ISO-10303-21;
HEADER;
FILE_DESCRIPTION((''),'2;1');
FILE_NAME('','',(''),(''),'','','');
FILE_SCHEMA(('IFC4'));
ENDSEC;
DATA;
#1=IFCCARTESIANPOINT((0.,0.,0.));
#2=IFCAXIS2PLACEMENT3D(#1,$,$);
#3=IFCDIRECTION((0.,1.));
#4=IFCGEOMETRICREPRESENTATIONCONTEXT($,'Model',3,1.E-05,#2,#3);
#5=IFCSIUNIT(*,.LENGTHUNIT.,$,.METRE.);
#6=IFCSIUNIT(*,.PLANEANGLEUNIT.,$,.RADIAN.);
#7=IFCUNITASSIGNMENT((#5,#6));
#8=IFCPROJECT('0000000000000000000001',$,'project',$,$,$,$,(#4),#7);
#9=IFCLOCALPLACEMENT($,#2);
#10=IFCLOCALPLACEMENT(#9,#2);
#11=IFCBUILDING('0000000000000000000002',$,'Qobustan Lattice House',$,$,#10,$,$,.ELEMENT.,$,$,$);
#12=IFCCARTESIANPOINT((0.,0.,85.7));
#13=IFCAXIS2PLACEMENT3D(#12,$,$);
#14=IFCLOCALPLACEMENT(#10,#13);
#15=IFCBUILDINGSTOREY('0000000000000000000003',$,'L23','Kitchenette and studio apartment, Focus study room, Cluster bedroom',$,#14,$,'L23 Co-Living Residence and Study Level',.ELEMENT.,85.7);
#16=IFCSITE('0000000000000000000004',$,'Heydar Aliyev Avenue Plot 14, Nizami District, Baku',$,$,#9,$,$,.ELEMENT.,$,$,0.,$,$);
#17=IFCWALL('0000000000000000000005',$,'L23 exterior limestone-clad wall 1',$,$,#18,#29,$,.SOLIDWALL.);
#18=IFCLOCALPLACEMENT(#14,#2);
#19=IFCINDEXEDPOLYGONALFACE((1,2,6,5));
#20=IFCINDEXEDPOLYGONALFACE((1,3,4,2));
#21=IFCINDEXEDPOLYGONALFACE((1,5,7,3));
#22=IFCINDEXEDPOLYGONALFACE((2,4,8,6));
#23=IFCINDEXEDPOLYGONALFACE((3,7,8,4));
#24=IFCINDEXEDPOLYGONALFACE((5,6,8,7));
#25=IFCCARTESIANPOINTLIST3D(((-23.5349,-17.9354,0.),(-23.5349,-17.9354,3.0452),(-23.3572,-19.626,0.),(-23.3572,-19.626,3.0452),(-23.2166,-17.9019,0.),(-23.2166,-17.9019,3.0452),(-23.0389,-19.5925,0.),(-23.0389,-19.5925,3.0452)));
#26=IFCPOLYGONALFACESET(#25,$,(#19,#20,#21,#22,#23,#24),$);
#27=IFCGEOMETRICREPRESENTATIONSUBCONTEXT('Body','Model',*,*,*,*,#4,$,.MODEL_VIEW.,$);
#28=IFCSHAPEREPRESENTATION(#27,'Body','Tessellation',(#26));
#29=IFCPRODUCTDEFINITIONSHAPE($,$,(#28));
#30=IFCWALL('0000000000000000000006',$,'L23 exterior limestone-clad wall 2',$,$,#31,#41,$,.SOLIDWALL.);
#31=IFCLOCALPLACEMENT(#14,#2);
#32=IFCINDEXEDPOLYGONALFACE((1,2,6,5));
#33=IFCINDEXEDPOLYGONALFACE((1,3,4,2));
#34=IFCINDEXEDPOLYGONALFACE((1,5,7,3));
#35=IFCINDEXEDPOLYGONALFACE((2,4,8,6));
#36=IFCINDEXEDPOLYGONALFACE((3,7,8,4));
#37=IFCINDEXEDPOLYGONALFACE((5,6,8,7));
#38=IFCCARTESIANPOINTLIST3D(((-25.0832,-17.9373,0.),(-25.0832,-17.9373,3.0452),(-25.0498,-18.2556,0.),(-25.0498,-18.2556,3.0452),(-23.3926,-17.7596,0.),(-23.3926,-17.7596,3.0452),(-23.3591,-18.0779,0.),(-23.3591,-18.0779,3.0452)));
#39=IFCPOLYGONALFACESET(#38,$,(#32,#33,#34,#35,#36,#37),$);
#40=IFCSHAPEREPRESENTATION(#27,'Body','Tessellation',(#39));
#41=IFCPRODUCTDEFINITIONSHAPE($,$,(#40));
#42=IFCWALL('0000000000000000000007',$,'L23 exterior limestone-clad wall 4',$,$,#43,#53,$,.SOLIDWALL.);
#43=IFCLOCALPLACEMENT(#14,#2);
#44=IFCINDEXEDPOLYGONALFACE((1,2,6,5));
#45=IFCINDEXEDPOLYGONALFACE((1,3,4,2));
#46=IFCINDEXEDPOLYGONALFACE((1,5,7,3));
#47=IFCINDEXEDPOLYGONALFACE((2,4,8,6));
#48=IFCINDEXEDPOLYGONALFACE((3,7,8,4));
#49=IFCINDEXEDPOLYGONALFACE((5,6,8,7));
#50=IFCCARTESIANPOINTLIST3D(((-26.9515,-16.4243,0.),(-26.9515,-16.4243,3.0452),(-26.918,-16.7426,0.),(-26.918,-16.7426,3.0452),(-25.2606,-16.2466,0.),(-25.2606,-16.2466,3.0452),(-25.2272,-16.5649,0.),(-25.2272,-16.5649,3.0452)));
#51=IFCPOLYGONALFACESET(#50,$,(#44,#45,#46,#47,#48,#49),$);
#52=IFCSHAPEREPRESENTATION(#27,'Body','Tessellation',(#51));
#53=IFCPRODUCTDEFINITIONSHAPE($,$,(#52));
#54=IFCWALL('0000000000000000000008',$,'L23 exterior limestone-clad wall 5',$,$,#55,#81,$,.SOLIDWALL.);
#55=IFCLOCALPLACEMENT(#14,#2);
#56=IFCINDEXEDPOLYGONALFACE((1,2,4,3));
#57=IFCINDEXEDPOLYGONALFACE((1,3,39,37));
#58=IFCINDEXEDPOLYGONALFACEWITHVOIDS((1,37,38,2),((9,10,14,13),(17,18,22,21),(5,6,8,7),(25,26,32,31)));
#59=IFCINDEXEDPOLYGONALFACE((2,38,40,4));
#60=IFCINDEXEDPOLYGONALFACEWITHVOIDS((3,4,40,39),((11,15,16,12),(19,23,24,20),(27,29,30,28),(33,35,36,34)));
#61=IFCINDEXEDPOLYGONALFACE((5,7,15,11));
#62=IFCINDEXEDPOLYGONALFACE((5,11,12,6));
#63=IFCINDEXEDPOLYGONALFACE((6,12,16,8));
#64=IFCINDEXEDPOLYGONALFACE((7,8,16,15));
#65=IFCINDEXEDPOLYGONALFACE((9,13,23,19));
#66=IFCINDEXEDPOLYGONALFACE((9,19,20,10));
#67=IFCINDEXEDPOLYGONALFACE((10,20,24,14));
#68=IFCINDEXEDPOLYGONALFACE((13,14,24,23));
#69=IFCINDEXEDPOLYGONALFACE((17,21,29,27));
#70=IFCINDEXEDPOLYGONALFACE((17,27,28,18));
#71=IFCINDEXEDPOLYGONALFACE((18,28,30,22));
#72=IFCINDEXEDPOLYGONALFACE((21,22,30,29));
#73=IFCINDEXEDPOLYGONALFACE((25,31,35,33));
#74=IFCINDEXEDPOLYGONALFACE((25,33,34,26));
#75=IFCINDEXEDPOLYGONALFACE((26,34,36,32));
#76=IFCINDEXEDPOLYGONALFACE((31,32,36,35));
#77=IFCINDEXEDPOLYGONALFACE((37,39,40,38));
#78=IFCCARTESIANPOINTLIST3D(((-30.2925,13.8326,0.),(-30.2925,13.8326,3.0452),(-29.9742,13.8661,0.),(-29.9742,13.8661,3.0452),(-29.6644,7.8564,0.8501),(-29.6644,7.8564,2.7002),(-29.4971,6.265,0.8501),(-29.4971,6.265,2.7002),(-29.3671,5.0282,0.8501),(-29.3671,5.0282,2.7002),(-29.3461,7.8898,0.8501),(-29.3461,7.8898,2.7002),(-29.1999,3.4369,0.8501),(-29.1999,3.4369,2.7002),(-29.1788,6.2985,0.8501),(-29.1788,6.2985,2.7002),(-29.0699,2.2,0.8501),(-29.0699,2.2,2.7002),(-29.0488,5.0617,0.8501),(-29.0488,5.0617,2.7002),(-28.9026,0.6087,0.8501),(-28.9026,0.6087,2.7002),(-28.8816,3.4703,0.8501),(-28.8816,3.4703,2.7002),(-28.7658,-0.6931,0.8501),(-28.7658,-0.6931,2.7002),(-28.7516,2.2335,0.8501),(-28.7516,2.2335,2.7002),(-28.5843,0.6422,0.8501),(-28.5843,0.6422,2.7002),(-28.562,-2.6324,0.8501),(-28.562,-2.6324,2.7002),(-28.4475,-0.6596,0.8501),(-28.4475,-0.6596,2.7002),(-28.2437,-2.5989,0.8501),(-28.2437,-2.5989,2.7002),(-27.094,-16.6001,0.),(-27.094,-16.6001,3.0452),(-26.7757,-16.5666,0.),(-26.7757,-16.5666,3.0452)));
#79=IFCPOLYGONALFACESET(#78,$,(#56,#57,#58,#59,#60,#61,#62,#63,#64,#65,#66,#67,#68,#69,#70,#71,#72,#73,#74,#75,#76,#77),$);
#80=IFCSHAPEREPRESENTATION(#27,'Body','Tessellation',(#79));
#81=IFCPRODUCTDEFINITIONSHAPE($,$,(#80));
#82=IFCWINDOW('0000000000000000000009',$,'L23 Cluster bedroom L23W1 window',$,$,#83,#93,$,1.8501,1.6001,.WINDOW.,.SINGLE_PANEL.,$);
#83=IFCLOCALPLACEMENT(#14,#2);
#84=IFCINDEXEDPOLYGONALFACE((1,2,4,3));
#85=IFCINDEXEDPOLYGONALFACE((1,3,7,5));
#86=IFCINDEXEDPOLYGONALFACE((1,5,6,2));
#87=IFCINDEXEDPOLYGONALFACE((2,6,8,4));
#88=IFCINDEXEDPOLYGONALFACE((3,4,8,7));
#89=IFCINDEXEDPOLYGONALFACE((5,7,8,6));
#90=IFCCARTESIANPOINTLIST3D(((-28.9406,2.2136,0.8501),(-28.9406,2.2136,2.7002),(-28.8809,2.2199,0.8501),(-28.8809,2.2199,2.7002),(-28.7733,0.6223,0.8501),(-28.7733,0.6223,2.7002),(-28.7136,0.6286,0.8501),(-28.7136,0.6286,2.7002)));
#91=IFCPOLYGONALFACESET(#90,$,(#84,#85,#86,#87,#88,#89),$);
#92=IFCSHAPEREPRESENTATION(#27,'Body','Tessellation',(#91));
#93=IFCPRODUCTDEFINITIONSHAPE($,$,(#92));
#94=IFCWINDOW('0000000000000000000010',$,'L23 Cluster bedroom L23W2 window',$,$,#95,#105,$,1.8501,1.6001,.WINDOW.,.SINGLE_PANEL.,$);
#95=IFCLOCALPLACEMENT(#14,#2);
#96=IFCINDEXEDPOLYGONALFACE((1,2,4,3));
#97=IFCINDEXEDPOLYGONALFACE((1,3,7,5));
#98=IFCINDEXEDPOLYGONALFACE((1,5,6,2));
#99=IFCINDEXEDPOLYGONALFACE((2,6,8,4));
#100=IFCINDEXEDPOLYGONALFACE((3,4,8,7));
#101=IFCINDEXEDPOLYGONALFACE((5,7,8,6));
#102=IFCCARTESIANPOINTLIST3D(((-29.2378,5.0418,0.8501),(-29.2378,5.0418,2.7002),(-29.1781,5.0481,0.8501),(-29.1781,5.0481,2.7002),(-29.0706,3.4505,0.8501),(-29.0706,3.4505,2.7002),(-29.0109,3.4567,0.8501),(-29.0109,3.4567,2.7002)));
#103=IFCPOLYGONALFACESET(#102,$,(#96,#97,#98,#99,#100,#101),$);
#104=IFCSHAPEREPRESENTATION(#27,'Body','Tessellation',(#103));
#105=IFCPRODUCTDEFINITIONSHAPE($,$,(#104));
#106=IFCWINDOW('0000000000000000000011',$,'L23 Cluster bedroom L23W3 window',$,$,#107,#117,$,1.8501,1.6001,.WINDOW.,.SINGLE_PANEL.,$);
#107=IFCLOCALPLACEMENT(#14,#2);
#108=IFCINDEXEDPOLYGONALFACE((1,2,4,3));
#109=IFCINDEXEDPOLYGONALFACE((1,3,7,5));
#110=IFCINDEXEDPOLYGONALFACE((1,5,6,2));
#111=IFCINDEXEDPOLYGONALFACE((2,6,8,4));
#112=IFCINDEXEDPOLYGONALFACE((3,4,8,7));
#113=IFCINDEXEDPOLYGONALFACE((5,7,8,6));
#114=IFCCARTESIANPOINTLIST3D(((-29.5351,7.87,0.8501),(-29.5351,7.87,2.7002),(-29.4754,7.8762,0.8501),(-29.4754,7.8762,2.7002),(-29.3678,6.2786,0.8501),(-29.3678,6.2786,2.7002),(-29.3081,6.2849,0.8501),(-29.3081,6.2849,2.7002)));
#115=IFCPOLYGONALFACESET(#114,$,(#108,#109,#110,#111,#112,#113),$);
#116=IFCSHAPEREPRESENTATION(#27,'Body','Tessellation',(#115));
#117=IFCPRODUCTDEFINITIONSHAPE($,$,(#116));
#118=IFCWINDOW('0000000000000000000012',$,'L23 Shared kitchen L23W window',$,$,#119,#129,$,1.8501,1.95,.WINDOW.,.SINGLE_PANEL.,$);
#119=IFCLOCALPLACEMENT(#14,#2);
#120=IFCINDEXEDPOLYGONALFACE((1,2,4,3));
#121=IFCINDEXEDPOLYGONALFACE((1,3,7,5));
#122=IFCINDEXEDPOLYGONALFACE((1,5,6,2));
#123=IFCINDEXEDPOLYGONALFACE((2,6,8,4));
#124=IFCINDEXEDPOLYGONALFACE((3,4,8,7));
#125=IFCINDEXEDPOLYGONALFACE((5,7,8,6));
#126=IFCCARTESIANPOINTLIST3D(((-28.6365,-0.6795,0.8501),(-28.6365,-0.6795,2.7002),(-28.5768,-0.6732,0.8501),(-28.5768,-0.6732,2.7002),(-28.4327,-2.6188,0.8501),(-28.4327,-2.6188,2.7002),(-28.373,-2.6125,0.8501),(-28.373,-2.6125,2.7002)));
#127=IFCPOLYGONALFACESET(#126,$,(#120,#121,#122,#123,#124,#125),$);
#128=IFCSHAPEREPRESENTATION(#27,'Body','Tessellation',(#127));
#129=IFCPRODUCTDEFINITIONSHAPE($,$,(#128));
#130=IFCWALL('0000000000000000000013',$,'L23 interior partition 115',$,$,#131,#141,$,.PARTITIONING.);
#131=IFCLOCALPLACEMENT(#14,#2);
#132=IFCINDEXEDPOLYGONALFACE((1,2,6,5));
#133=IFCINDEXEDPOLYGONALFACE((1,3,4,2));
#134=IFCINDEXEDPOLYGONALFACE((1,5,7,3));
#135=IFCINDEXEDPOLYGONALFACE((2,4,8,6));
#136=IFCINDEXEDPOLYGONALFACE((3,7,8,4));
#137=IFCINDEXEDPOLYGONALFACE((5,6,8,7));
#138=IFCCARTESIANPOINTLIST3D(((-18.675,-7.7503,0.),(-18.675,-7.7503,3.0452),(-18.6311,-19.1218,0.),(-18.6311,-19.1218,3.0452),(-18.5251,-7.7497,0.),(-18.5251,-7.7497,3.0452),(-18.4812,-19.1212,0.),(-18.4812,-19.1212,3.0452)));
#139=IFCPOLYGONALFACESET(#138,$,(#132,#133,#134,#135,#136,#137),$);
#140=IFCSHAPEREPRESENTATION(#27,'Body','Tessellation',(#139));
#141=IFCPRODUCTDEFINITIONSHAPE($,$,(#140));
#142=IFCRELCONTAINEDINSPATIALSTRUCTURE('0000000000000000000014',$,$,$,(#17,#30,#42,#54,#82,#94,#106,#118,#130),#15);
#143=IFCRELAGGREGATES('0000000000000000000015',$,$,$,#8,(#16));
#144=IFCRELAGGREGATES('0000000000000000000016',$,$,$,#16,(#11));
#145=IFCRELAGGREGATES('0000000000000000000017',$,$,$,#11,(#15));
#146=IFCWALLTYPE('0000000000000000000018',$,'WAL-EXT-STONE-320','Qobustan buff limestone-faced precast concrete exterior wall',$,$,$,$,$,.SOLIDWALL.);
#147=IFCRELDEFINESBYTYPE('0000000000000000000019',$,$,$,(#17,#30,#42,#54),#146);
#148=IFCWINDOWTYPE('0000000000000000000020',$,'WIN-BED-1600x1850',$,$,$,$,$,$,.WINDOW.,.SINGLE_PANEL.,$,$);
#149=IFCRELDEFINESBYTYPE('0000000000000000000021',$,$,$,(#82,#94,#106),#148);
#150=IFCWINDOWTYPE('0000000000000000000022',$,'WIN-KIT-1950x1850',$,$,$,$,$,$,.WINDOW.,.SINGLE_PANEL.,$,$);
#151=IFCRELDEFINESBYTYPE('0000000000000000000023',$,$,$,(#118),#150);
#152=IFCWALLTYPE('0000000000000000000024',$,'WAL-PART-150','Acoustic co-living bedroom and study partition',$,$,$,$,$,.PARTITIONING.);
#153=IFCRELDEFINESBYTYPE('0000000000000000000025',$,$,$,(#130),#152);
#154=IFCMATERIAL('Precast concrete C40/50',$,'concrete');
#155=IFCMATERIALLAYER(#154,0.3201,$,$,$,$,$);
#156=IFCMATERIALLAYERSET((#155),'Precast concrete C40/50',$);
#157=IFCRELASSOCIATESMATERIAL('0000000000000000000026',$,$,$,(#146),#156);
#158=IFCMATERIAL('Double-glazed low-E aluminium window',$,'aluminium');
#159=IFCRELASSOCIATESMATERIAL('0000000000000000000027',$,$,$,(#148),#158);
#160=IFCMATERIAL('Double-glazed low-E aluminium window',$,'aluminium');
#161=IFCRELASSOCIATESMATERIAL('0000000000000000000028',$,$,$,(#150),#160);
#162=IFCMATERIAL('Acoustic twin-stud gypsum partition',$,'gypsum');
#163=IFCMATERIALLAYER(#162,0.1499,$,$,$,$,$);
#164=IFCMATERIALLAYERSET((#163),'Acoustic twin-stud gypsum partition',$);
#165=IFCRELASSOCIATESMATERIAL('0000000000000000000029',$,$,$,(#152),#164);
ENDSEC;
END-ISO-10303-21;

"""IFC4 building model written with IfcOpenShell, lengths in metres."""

from ifc_helpers import new_model, si_unit, direction, frame, frame_2d, origin, place, context, subcontext, project, spatial, rectangle, extrude, material, layer, layer_set, type_object, element, fill, save


model = new_model("IFC4")

# Units and contexts
model_context = context("Model", 3, precision=1e-05, world=origin(), true_north=direction((0.0, 1.0)))
body_context = subcontext(model_context, "Body", "Model", "MODEL_VIEW")
ifc_project = project(units=[si_unit("LENGTHUNIT", "METRE"), si_unit("PLANEANGLEUNIT", "RADIAN")], contexts=[model_context])

# Site, building, storey
site_placement = place(None, origin())
site = spatial("IfcSite", under=ifc_project, at=site_placement, Name="Heydar Aliyev Avenue Plot 14, Nizami District, Baku", CompositionType="ELEMENT", RefElevation=0.0)
building_placement = place(site_placement, origin())
building = spatial("IfcBuilding", under=site, at=building_placement, Name="Qobustan Lattice House", CompositionType="ELEMENT")
storey_placement = place(building_placement, frame((0.0, 0.0, 85.7)))
storey = spatial("IfcBuildingStorey", under=building, at=storey_placement, Name="L23", Description="Kitchenette and studio apartment, Focus study room, Cluster bedroom", LongName="L23 Co-Living Residence and Study Level", CompositionType="ELEMENT", Elevation=85.7)

# Walls
ifc_material_1 = material(Name="Precast concrete C40/50", Category="concrete")
ifc_layer_1 = layer(ifc_material_1, 0.3201)
ifc_layer_set_1 = layer_set([ifc_layer_1], Name="Precast concrete C40/50")
wall_type_1 = type_object("IfcWallType", Name="WAL-EXT-STONE-320", Description="Qobustan buff limestone-faced precast concrete exterior wall", PredefinedType="SOLIDWALL", material=ifc_layer_set_1)
for number, where, z_axis, x_axis, name in (
    (1, (-23.198, -19.6094, 0.0), (0.0, 0.0, 1.0), (-0.10455, 0.99452, 0.0), "L23 exterior limestone-clad wall 1"),
    (2, (-23.3757, -17.9187, 0.0), (0.0, 0.0, 1.0), (-0.99452, -0.10455, 0.0), "L23 exterior limestone-clad wall 2"),
):
    element("IfcWall", number, at=place(storey_placement, frame(where, z_axis=z_axis, x_axis=x_axis)), inside=storey, type_object=wall_type_1, Name=name, PredefinedType="SOLIDWALL", context=body_context, shape_type="SweptSolid", body=[
        extrude(rectangle(XDim=1.7, YDim=0.3201, at=frame_2d((0.8501, 0.0))), origin(), (0.0, 0.0, 1.0), 3.0452),
    ])
wall_1_placement = place(storey_placement, frame((-25.2439, -16.4058, 0.0), z_axis=(0.0, 0.0, 1.0), x_axis=(-0.994521, -0.104535, 0.0)))
element("IfcWall", 3, at=wall_1_placement, inside=storey, type_object=wall_type_1, Name="L23 exterior limestone-clad wall 4", PredefinedType="SOLIDWALL", context=body_context, shape_type="SweptSolid", body=[
    extrude(rectangle(XDim=1.7002, YDim=0.3201, at=frame_2d((0.8501, 0.0))), origin(), (0.0, 0.0, 1.0), 3.0452),
])

# Wall, openings, windows
wall_2_placement = place(storey_placement, frame((-26.9348, -16.5835, 0.0), z_axis=(0.0, 0.0, 1.0), x_axis=(-0.104525, 0.994522, 0.0)))
wall_2 = element("IfcWall", 4, at=wall_2_placement, inside=storey, type_object=wall_type_1, Name="L23 exterior limestone-clad wall 5", PredefinedType="SOLIDWALL", context=body_context, shape_type="SweptSolid", body=[
    extrude(rectangle(XDim=30.6003, YDim=0.3201, at=frame_2d((15.3003, 0.0))), origin(), (0.0, 0.0, 1.0), 3.0452),
])
opening_1_placement = place(wall_2_placement, frame((14.0447, 0.0, 0.8501)))
opening_1 = element("IfcOpeningElement", 5, at=opening_1_placement, cuts=wall_2, PredefinedType="OPENING", context=body_context, shape_type="SweptSolid", body=[
    extrude(rectangle(XDim=1.95, YDim=1.8501, at=frame_2d((0.9751, 0.925))), frame((0.0, 0.1699, 0.0), z_axis=(0.0, -1.0, 0.0), x_axis=(1.0, 0.0, 0.0)), (0.0, 0.0, 1.0), 0.3401),
])
opening_2_placement = place(wall_2_placement, frame((17.3037, 0.0, 0.8501)))
opening_2 = element("IfcOpeningElement", 6, at=opening_2_placement, cuts=wall_2, PredefinedType="OPENING", context=body_context, shape_type="SweptSolid", body=[
    extrude(rectangle(XDim=1.6001, YDim=1.8501, at=frame_2d((0.8, 0.925))), frame((0.0, 0.1699, 0.0), z_axis=(0.0, -1.0, 0.0), x_axis=(1.0, 0.0, 0.0)), (0.0, 0.0, 1.0), 0.3401),
])
opening_3_placement = place(wall_2_placement, frame((20.1475, 0.0, 0.8501)))
opening_3 = element("IfcOpeningElement", 7, at=opening_3_placement, cuts=wall_2, PredefinedType="OPENING", context=body_context, shape_type="SweptSolid", body=[
    extrude(rectangle(XDim=1.6001, YDim=1.8501, at=frame_2d((0.8, 0.925))), frame((0.0, 0.1699, 0.0), z_axis=(0.0, -1.0, 0.0), x_axis=(1.0, 0.0, 0.0)), (0.0, 0.0, 1.0), 0.3401),
])
opening_4_placement = place(wall_2_placement, frame((22.9912, 0.0, 0.8501)))
opening_4 = element("IfcOpeningElement", 8, at=opening_4_placement, cuts=wall_2, PredefinedType="OPENING", context=body_context, shape_type="SweptSolid", body=[
    extrude(rectangle(XDim=1.6001, YDim=1.8501, at=frame_2d((0.8, 0.925))), frame((0.0, 0.1699, 0.0), z_axis=(0.0, -1.0, 0.0), x_axis=(1.0, 0.0, 0.0)), (0.0, 0.0, 1.0), 0.3401),
])
ifc_material_2 = material(Name="Double-glazed low-E aluminium window", Category="aluminium")
window_type_1 = type_object("IfcWindowType", Name="WIN-BED-1600x1850", PartitioningType="SINGLE_PANEL", PredefinedType="WINDOW", material=ifc_material_2)
window_1_placement = place(opening_2_placement, origin())
window_1 = element("IfcWindow", 9, at=window_1_placement, inside=storey, type_object=window_type_1, Name="L23 Cluster bedroom L23W1 window", OverallHeight=1.8501, OverallWidth=1.6001, PartitioningType="SINGLE_PANEL", PredefinedType="WINDOW", context=body_context, shape_type="SweptSolid", body=[
    extrude(rectangle(XDim=1.6001, YDim=1.8501, at=frame_2d((0.8, 0.925))), frame((0.0, 0.03, 0.0), z_axis=(0.0, -1.0, 0.0), x_axis=(1.0, 0.0, 0.0)), (0.0, 0.0, 1.0), 0.0601),
])
fill(opening_2, window_1)
window_2_placement = place(opening_3_placement, origin())
window_2 = element("IfcWindow", 10, at=window_2_placement, inside=storey, type_object=window_type_1, Name="L23 Cluster bedroom L23W2 window", OverallHeight=1.8501, OverallWidth=1.6001, PartitioningType="SINGLE_PANEL", PredefinedType="WINDOW", context=body_context, shape_type="SweptSolid", body=[
    extrude(rectangle(XDim=1.6001, YDim=1.8501, at=frame_2d((0.8, 0.925))), frame((0.0, 0.03, 0.0), z_axis=(0.0, -1.0, 0.0), x_axis=(1.0, 0.0, 0.0)), (0.0, 0.0, 1.0), 0.0601),
])
fill(opening_3, window_2)
window_3_placement = place(opening_4_placement, origin())
window_3 = element("IfcWindow", 11, at=window_3_placement, inside=storey, type_object=window_type_1, Name="L23 Cluster bedroom L23W3 window", OverallHeight=1.8501, OverallWidth=1.6001, PartitioningType="SINGLE_PANEL", PredefinedType="WINDOW", context=body_context, shape_type="SweptSolid", body=[
    extrude(rectangle(XDim=1.6001, YDim=1.8501, at=frame_2d((0.8, 0.925))), frame((0.0, 0.03, 0.0), z_axis=(0.0, -1.0, 0.0), x_axis=(1.0, 0.0, 0.0)), (0.0, 0.0, 1.0), 0.0601),
])
fill(opening_4, window_3)
ifc_material_3 = material(Name="Double-glazed low-E aluminium window", Category="aluminium")
window_type_2 = type_object("IfcWindowType", Name="WIN-KIT-1950x1850", PartitioningType="SINGLE_PANEL", PredefinedType="WINDOW", material=ifc_material_3)
window_4_placement = place(opening_1_placement, origin())
window_4 = element("IfcWindow", 12, at=window_4_placement, inside=storey, type_object=window_type_2, Name="L23 Shared kitchen L23W window", OverallHeight=1.8501, OverallWidth=1.95, PartitioningType="SINGLE_PANEL", PredefinedType="WINDOW", context=body_context, shape_type="SweptSolid", body=[
    extrude(rectangle(XDim=1.95, YDim=1.8501, at=frame_2d((0.9751, 0.925))), frame((0.0, 0.03, 0.0), z_axis=(0.0, -1.0, 0.0), x_axis=(1.0, 0.0, 0.0)), (0.0, 0.0, 1.0), 0.0601),
])
fill(opening_1, window_4)

# Shared definitions
ifc_material_4 = material(Name="Acoustic twin-stud gypsum partition", Category="gypsum")
ifc_layer_2 = layer(ifc_material_4, 0.1499)
ifc_layer_set_2 = layer_set([ifc_layer_2], Name="Acoustic twin-stud gypsum partition")
wall_type_2 = type_object("IfcWallType", Name="WAL-PART-150", Description="Acoustic co-living bedroom and study partition", PredefinedType="PARTITIONING", material=ifc_layer_set_2)

# Wall
wall_3_placement = place(storey_placement, frame((-18.6001, -7.75, 0.0), z_axis=(0.0, 0.0, 1.0), x_axis=(0.003864, -0.999993, 0.0)))
element("IfcWall", 13, at=wall_3_placement, inside=storey, type_object=wall_type_2, Name="L23 interior partition 115", PredefinedType="PARTITIONING", context=body_context, shape_type="SweptSolid", body=[
    extrude(rectangle(XDim=11.3716, YDim=0.1499, at=frame_2d((5.6858, 0.0))), origin(), (0.0, 0.0, 1.0), 3.0452),
])

save(model, "model.ifc")
